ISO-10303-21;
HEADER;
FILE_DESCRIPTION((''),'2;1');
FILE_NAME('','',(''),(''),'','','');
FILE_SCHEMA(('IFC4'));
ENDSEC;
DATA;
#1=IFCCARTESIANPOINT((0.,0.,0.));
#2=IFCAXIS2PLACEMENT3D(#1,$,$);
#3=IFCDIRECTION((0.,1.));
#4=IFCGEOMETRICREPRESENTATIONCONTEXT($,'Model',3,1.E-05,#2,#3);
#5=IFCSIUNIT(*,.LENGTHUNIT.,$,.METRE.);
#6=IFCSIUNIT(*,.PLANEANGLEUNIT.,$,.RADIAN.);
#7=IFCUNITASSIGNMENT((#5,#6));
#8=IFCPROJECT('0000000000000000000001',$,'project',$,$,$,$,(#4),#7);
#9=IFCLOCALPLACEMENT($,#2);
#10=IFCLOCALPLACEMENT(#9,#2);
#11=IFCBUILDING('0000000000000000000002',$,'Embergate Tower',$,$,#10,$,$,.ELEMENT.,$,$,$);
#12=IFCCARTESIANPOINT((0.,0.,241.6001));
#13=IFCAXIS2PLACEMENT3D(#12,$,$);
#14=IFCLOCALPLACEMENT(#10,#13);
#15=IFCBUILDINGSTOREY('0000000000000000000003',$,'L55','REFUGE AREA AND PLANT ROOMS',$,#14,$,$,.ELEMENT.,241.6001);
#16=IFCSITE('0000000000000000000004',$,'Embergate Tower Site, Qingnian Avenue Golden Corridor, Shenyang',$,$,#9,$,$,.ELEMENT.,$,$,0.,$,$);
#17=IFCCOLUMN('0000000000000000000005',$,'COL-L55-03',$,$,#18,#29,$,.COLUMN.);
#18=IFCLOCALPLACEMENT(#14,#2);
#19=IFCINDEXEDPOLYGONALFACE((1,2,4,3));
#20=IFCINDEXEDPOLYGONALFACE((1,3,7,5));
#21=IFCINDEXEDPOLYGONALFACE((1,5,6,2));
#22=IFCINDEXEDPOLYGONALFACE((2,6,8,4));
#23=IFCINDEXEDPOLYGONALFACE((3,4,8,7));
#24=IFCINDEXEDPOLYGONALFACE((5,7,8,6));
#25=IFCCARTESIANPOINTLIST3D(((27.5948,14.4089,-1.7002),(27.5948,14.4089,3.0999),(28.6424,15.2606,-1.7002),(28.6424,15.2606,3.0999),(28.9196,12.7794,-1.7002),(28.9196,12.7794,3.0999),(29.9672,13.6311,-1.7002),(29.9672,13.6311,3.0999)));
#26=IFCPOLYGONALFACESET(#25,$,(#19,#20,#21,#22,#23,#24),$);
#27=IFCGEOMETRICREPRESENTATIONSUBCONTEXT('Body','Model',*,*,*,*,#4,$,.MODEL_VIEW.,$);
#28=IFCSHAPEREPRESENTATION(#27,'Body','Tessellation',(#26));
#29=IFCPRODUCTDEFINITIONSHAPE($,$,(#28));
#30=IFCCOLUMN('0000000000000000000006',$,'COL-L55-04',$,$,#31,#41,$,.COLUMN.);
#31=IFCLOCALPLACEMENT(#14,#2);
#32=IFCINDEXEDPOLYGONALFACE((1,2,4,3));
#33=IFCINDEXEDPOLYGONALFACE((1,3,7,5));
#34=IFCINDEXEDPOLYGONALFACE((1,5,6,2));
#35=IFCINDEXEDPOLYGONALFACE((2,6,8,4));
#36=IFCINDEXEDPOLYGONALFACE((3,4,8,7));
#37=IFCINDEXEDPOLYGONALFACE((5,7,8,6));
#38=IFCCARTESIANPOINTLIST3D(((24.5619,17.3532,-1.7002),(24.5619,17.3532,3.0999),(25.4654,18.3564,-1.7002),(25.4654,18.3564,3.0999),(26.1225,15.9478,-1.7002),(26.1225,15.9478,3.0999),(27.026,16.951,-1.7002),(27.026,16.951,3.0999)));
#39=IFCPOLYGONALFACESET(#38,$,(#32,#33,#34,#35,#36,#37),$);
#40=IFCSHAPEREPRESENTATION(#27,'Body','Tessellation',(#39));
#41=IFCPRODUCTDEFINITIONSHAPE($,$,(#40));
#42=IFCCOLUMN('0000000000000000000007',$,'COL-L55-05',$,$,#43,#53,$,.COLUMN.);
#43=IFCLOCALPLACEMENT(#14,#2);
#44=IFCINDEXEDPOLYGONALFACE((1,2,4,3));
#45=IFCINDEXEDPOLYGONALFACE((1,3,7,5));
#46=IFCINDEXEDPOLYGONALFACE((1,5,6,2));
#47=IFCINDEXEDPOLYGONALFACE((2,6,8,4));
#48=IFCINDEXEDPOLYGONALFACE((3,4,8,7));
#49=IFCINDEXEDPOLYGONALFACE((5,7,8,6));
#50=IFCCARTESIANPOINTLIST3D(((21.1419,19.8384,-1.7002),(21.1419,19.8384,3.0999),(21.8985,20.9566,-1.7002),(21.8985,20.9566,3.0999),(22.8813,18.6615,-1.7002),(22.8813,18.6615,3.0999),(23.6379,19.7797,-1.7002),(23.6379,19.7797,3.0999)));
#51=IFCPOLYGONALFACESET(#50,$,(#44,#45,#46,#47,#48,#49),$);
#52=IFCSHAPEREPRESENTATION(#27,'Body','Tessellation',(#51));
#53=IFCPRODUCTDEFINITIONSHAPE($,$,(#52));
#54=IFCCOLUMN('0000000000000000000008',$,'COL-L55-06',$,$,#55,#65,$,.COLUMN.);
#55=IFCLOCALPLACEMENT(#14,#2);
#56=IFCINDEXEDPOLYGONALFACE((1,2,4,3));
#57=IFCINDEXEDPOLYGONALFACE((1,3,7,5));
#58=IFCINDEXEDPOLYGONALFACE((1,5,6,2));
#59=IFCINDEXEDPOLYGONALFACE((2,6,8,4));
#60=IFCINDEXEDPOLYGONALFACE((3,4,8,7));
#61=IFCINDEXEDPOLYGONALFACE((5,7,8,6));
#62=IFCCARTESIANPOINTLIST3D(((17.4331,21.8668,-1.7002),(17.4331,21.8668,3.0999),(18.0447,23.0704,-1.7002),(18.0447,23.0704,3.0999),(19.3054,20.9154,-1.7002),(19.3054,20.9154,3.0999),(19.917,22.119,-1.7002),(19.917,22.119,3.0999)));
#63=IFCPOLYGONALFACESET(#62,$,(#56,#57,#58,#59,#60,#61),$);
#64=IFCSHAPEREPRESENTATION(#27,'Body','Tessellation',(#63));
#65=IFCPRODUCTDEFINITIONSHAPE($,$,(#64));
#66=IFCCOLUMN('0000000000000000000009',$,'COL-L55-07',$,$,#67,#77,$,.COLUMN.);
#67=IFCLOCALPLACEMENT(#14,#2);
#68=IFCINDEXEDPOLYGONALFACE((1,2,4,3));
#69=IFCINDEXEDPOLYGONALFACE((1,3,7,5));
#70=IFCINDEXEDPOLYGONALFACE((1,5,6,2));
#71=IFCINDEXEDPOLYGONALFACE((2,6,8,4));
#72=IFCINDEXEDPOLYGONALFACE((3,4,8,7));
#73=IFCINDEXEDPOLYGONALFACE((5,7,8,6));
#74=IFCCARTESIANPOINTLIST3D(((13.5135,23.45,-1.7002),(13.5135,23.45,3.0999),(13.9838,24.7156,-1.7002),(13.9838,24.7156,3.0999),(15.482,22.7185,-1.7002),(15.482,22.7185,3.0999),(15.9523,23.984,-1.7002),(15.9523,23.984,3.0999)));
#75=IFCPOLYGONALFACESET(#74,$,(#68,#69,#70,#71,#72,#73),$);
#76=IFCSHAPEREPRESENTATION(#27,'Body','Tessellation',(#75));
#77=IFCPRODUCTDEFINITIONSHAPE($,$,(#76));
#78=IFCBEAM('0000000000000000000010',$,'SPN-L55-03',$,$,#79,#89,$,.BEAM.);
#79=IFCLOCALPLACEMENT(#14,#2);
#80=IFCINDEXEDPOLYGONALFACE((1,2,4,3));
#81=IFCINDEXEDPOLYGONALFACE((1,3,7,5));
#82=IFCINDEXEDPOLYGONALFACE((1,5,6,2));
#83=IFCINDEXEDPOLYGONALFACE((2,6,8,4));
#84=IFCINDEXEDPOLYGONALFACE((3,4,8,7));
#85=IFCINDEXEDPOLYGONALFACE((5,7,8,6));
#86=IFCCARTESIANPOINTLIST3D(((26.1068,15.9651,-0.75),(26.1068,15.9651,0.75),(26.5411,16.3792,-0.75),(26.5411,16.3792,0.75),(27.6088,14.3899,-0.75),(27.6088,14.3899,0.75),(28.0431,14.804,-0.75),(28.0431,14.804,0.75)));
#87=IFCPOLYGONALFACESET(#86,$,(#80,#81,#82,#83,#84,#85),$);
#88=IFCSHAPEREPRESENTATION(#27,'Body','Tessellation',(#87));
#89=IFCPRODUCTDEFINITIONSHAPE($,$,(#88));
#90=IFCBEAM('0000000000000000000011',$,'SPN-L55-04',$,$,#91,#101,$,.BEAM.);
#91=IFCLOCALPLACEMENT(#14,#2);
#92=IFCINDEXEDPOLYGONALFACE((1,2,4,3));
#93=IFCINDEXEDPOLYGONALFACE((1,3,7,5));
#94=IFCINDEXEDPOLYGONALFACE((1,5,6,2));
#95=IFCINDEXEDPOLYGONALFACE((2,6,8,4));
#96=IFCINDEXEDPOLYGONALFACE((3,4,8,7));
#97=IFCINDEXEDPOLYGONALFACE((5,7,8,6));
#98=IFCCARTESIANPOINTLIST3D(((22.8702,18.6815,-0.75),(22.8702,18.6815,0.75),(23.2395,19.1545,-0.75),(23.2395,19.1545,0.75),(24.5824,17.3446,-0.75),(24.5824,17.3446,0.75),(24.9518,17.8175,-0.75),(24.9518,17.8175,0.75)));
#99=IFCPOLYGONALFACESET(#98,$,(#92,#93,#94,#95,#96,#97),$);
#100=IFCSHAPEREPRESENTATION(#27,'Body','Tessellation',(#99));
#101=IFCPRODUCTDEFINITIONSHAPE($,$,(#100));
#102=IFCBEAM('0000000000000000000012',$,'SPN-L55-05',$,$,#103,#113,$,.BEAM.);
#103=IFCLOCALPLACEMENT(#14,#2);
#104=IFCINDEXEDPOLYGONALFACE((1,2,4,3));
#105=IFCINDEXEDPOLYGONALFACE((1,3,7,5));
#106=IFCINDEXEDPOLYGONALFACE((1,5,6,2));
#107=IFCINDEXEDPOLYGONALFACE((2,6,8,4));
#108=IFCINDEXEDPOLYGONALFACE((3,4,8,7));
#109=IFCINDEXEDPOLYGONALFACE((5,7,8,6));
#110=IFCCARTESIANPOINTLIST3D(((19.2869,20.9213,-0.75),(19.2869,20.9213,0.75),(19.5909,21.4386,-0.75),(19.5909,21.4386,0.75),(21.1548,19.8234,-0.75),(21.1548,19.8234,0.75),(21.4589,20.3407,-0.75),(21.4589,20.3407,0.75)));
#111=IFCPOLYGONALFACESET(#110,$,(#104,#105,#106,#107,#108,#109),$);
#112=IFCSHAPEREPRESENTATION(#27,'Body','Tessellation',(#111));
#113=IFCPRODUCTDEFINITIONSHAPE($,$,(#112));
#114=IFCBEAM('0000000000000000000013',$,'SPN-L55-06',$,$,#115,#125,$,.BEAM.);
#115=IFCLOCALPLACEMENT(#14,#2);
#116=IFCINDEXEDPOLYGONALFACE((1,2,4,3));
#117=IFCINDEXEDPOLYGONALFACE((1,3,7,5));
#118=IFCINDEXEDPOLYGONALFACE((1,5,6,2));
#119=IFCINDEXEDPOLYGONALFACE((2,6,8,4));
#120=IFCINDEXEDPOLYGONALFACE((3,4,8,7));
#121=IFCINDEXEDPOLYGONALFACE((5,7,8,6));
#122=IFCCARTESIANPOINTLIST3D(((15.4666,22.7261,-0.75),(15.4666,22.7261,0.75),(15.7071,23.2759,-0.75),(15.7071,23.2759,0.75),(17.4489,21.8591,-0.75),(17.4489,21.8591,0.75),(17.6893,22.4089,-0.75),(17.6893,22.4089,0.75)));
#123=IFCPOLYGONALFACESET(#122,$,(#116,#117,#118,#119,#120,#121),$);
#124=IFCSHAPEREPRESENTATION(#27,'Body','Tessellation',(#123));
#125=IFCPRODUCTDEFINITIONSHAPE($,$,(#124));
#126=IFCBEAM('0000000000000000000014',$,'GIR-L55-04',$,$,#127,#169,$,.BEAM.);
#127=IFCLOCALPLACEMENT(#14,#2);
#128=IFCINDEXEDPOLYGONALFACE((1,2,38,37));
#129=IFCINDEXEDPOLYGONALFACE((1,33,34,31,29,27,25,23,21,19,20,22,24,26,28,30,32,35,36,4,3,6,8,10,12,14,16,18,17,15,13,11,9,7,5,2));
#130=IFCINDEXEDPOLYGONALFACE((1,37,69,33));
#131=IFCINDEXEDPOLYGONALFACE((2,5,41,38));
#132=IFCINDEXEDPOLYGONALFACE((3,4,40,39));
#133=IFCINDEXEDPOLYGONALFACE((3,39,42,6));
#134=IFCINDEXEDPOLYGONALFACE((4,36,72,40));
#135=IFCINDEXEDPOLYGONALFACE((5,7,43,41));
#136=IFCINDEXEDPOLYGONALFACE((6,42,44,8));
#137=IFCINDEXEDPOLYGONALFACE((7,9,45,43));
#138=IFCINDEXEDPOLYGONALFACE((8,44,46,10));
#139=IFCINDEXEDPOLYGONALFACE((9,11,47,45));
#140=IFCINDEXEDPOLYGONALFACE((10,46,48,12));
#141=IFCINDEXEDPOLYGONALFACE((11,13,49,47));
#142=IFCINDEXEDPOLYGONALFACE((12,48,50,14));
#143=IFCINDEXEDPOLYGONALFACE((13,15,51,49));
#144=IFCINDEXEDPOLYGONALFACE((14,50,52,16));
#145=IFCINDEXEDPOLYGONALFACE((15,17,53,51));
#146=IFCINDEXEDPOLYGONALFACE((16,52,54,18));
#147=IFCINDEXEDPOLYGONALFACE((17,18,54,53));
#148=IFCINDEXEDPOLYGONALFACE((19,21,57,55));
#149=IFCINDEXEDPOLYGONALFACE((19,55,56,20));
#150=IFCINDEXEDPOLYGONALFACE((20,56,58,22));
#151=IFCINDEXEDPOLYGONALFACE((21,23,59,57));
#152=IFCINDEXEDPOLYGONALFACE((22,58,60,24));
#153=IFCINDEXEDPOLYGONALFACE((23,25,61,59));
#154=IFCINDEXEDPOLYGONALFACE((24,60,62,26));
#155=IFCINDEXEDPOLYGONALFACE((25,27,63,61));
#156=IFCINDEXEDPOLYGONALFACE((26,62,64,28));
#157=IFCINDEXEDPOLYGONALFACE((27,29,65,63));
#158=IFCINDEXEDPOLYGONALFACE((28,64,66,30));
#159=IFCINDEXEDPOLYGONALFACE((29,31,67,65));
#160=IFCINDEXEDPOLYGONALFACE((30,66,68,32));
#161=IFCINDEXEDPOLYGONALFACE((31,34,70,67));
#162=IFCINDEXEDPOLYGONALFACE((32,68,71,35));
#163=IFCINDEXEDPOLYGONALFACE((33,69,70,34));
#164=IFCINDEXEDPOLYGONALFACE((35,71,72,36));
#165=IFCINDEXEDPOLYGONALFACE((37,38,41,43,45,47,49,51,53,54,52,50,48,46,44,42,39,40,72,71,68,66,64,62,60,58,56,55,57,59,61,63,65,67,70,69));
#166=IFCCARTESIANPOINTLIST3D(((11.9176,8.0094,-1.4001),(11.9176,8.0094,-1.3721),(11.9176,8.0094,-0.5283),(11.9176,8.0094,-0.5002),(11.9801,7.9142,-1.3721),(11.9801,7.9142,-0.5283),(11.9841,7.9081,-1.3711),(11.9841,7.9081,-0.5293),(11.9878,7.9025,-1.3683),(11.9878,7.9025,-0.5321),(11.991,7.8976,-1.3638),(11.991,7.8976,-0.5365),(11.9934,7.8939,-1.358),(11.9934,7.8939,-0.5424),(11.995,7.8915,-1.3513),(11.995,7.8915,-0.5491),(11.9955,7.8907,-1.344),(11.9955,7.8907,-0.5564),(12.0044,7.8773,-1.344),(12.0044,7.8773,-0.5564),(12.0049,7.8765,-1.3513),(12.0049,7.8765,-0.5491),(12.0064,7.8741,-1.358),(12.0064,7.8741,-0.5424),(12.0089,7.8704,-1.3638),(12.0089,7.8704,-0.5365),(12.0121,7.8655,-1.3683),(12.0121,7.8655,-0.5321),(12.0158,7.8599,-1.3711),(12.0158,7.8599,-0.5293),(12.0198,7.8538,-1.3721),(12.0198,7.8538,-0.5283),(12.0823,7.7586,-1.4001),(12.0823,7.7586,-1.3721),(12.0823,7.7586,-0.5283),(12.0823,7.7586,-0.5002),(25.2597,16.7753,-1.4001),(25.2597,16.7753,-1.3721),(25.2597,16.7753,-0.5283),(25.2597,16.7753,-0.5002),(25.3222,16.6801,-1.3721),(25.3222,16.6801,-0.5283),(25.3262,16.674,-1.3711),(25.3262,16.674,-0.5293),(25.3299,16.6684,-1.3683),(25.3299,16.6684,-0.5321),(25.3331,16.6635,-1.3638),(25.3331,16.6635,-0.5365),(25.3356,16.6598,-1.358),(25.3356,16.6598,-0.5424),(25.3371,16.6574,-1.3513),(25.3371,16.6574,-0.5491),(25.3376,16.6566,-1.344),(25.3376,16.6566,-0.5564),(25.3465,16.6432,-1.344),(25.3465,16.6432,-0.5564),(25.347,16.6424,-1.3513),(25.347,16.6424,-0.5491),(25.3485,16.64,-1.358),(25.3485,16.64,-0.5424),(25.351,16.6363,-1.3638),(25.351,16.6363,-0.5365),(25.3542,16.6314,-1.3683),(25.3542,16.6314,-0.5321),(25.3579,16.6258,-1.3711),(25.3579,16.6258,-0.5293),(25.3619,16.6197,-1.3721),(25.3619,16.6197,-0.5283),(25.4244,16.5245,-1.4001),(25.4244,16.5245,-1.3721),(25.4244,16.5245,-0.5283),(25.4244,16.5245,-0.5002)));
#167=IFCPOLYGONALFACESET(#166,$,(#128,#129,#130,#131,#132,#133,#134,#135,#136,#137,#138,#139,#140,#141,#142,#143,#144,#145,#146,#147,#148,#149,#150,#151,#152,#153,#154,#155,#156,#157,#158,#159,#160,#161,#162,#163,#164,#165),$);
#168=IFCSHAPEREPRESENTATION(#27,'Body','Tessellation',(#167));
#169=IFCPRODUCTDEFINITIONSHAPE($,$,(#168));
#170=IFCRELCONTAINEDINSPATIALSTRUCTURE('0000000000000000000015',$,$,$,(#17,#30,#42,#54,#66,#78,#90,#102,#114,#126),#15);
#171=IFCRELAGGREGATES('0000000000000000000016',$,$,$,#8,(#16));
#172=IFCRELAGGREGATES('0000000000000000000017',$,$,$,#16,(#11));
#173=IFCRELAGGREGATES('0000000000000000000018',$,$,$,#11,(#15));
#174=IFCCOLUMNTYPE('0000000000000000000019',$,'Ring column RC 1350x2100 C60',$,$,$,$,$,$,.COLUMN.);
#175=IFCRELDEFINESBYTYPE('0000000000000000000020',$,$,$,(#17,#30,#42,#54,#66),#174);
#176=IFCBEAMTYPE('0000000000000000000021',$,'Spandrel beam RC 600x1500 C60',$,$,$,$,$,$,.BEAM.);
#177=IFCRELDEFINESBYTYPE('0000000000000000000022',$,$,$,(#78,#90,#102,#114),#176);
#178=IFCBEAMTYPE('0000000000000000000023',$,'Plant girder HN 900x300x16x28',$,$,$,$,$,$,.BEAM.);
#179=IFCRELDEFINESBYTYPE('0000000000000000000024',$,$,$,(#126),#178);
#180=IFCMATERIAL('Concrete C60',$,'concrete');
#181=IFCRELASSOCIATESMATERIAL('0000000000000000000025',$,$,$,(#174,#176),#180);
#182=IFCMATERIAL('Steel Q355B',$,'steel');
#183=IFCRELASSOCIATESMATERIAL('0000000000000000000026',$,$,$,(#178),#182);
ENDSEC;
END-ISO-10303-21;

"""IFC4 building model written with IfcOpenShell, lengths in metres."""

from ifc_helpers import new_model, si_unit, direction, frame, origin, origin_2d, place, context, subcontext, project, spatial, rectangle, i_section, extrude, source, transform, mapped, material, material_profile, profile_set, type_object, element, save


model = new_model("IFC4")

# Units and contexts
model_context = context("Model", 3, precision=1e-05, world=origin(), true_north=direction((0.0, 1.0)))
body_context = subcontext(model_context, "Body", "Model", "MODEL_VIEW")
ifc_project = project(units=[si_unit("LENGTHUNIT", "METRE"), si_unit("PLANEANGLEUNIT", "RADIAN")], contexts=[model_context])

# Site, building, storey
site_placement = place(None, origin())
site = spatial("IfcSite", under=ifc_project, at=site_placement, Name="Embergate Tower Site, Qingnian Avenue Golden Corridor, Shenyang", CompositionType="ELEMENT", RefElevation=0.0)
building_placement = place(site_placement, origin())
building = spatial("IfcBuilding", under=site, at=building_placement, Name="Embergate Tower", CompositionType="ELEMENT")
storey_placement = place(building_placement, frame((0.0, 0.0, 241.6001)))
storey = spatial("IfcBuildingStorey", under=building, at=storey_placement, Name="L55", Description="REFUGE AREA AND PLANT ROOMS", CompositionType="ELEMENT", Elevation=241.6001)

# Columns
ifc_material_1 = material(Name="Concrete C60", Category="concrete")
ifc_material_profile_1 = material_profile(ifc_material_1, rectangle(XDim=1.3501, YDim=2.1001, at=origin_2d()), Name="RC 1350x2100")
ifc_profile_set_1 = profile_set([ifc_material_profile_1], Name="Concrete C60")
column_type = type_object("IfcColumnType", Name="Ring column RC 1350x2100 C60", PredefinedType="COLUMN", material=ifc_profile_set_1)
shared_shape_1 = source(origin(), body_context, "Body", "SweptSolid", [
    extrude(rectangle(XDim=1.3501, YDim=2.1001, at=origin_2d()), origin(), (0.0, 0.0, 1.0), 4.8),
])
for number, where, z_axis, x_axis, name in (
    (1, (28.781, 14.02, -1.7002), (0.0, 0.0, 1.0), (0.775925, 0.630825, 0.0), "COL-L55-03"),
    (2, (25.7939, 17.1521, -1.7002), (0.0, 0.0, 1.0), (0.669208, 0.743075, 0.0), "COL-L55-04"),
    (3, (22.3899, 19.8091, -1.7002), (0.0, 0.0, 1.0), (0.560393, 0.828227, 0.0), "COL-L55-05"),
    (4, (18.675, 21.9929, -1.7002), (0.0, 0.0, 1.0), (0.453011, 0.891505, 0.0), "COL-L55-06"),
    (5, (14.7329, 23.717, -1.7002), (0.0, 0.0, 1.0), (0.348343, 0.937367, 0.0), "COL-L55-07"),
):
    element("IfcColumn", number, at=place(storey_placement, frame(where, z_axis=z_axis, x_axis=x_axis)), inside=storey, type_object=column_type, Name=name, PredefinedType="COLUMN", context=body_context, shape_type="MappedRepresentation", body=[
        mapped(shared_shape_1, transform((0.0, 0.0, 0.0))),
    ])

# Beams
ifc_material_profile_2 = material_profile(ifc_material_1, rectangle(XDim=0.6001, YDim=1.5, at=origin_2d()), Name="RC 600x1500")
ifc_profile_set_2 = profile_set([ifc_material_profile_2], Name="Concrete C60")
beam_type_1 = type_object("IfcBeamType", Name="Spandrel beam RC 600x1500 C60", PredefinedType="BEAM", material=ifc_profile_set_2)
shared_shape_2 = source(origin(), body_context, "Body", "SweptSolid", [
    extrude(rectangle(XDim=0.6001, YDim=1.5, at=origin_2d()), origin(), (0.0, 0.0, 1.0), 2.1765),
])
beam_1_placement = place(storey_placement, frame((27.8259, 14.5969, 0.0), z_axis=(-0.690081, 0.723732, 0.0), x_axis=(-0.723732, -0.690081, 0.0)))
element("IfcBeam", 6, at=beam_1_placement, inside=storey, type_object=beam_type_1, Name="SPN-L55-03", PredefinedType="BEAM", context=body_context, shape_type="MappedRepresentation", body=[
    mapped(shared_shape_2, transform((0.0, 0.0, 0.0))),
])
shared_shape_3 = source(origin(), body_context, "Body", "SweptSolid", [
    extrude(rectangle(XDim=0.6001, YDim=1.5, at=origin_2d()), origin(), (0.0, 0.0, 1.0), 2.1724),
])
beam_2_placement = place(storey_placement, frame((24.7671, 17.5811, 0.0), z_axis=(-0.788183, 0.615441, 0.0), x_axis=(-0.615441, -0.788183, 0.0)))
element("IfcBeam", 7, at=beam_2_placement, inside=storey, type_object=beam_type_1, Name="SPN-L55-04", PredefinedType="BEAM", context=body_context, shape_type="MappedRepresentation", body=[
    mapped(shared_shape_3, transform((0.0, 0.0, 0.0))),
])
shared_shape_4 = source(origin(), body_context, "Body", "SweptSolid", [
    extrude(rectangle(XDim=0.6001, YDim=1.5, at=origin_2d()), origin(), (0.0, 0.0, 1.0), 2.1667),
])
beam_3_placement = place(storey_placement, frame((21.3069, 20.082, 0.0), z_axis=(-0.862111, 0.50672, 0.0), x_axis=(-0.50672, -0.862111, 0.0)))
element("IfcBeam", 8, at=beam_3_placement, inside=storey, type_object=beam_type_1, Name="SPN-L55-05", PredefinedType="BEAM", context=body_context, shape_type="MappedRepresentation", body=[
    mapped(shared_shape_4, transform((0.0, 0.0, 0.0))),
])
shared_shape_5 = source(origin(), body_context, "Body", "SweptSolid", [
    extrude(rectangle(XDim=0.6001, YDim=1.5, at=origin_2d()), origin(), (0.0, 0.0, 1.0), 2.1636),
])
beam_4_placement = place(storey_placement, frame((17.5691, 22.134, 0.0), z_axis=(-0.916201, 0.400718, 0.0), x_axis=(-0.400718, -0.916201, 0.0)))
element("IfcBeam", 9, at=beam_4_placement, inside=storey, type_object=beam_type_1, Name="SPN-L55-06", PredefinedType="BEAM", context=body_context, shape_type="MappedRepresentation", body=[
    mapped(shared_shape_5, transform((0.0, 0.0, 0.0))),
])
ifc_material_2 = material(Name="Steel Q355B", Category="steel")
ifc_material_profile_3 = material_profile(ifc_material_2, i_section(OverallWidth=0.3, OverallDepth=0.8999, WebThickness=0.0161, FlangeThickness=0.0281, FilletRadius=0.0281, at=origin_2d()), Name="HN 900x300x16x28")
ifc_profile_set_3 = profile_set([ifc_material_profile_3], Name="Steel Q355 grade B")
beam_type_2 = type_object("IfcBeamType", Name="Plant girder HN 900x300x16x28", PredefinedType="BEAM", material=ifc_profile_set_3)
shared_shape_6 = source(origin(), body_context, "Body", "SweptSolid", [
    extrude(i_section(OverallWidth=0.3, OverallDepth=0.8999, WebThickness=0.0161, FlangeThickness=0.0281, FilletRadius=0.0281, at=origin_2d()), origin(), (0.0, 0.0, 1.0), 15.9641),
])
beam_5_placement = place(storey_placement, frame((25.342, 16.6499, -0.9502), z_axis=(-0.835756, -0.549101, 0.0), x_axis=(0.549101, -0.835756, 0.0)))
element("IfcBeam", 10, at=beam_5_placement, inside=storey, type_object=beam_type_2, Name="GIR-L55-04", PredefinedType="BEAM", context=body_context, shape_type="MappedRepresentation", body=[
    mapped(shared_shape_6, transform((0.0, 0.0, 0.0))),
])

save(model, "model.ifc")
